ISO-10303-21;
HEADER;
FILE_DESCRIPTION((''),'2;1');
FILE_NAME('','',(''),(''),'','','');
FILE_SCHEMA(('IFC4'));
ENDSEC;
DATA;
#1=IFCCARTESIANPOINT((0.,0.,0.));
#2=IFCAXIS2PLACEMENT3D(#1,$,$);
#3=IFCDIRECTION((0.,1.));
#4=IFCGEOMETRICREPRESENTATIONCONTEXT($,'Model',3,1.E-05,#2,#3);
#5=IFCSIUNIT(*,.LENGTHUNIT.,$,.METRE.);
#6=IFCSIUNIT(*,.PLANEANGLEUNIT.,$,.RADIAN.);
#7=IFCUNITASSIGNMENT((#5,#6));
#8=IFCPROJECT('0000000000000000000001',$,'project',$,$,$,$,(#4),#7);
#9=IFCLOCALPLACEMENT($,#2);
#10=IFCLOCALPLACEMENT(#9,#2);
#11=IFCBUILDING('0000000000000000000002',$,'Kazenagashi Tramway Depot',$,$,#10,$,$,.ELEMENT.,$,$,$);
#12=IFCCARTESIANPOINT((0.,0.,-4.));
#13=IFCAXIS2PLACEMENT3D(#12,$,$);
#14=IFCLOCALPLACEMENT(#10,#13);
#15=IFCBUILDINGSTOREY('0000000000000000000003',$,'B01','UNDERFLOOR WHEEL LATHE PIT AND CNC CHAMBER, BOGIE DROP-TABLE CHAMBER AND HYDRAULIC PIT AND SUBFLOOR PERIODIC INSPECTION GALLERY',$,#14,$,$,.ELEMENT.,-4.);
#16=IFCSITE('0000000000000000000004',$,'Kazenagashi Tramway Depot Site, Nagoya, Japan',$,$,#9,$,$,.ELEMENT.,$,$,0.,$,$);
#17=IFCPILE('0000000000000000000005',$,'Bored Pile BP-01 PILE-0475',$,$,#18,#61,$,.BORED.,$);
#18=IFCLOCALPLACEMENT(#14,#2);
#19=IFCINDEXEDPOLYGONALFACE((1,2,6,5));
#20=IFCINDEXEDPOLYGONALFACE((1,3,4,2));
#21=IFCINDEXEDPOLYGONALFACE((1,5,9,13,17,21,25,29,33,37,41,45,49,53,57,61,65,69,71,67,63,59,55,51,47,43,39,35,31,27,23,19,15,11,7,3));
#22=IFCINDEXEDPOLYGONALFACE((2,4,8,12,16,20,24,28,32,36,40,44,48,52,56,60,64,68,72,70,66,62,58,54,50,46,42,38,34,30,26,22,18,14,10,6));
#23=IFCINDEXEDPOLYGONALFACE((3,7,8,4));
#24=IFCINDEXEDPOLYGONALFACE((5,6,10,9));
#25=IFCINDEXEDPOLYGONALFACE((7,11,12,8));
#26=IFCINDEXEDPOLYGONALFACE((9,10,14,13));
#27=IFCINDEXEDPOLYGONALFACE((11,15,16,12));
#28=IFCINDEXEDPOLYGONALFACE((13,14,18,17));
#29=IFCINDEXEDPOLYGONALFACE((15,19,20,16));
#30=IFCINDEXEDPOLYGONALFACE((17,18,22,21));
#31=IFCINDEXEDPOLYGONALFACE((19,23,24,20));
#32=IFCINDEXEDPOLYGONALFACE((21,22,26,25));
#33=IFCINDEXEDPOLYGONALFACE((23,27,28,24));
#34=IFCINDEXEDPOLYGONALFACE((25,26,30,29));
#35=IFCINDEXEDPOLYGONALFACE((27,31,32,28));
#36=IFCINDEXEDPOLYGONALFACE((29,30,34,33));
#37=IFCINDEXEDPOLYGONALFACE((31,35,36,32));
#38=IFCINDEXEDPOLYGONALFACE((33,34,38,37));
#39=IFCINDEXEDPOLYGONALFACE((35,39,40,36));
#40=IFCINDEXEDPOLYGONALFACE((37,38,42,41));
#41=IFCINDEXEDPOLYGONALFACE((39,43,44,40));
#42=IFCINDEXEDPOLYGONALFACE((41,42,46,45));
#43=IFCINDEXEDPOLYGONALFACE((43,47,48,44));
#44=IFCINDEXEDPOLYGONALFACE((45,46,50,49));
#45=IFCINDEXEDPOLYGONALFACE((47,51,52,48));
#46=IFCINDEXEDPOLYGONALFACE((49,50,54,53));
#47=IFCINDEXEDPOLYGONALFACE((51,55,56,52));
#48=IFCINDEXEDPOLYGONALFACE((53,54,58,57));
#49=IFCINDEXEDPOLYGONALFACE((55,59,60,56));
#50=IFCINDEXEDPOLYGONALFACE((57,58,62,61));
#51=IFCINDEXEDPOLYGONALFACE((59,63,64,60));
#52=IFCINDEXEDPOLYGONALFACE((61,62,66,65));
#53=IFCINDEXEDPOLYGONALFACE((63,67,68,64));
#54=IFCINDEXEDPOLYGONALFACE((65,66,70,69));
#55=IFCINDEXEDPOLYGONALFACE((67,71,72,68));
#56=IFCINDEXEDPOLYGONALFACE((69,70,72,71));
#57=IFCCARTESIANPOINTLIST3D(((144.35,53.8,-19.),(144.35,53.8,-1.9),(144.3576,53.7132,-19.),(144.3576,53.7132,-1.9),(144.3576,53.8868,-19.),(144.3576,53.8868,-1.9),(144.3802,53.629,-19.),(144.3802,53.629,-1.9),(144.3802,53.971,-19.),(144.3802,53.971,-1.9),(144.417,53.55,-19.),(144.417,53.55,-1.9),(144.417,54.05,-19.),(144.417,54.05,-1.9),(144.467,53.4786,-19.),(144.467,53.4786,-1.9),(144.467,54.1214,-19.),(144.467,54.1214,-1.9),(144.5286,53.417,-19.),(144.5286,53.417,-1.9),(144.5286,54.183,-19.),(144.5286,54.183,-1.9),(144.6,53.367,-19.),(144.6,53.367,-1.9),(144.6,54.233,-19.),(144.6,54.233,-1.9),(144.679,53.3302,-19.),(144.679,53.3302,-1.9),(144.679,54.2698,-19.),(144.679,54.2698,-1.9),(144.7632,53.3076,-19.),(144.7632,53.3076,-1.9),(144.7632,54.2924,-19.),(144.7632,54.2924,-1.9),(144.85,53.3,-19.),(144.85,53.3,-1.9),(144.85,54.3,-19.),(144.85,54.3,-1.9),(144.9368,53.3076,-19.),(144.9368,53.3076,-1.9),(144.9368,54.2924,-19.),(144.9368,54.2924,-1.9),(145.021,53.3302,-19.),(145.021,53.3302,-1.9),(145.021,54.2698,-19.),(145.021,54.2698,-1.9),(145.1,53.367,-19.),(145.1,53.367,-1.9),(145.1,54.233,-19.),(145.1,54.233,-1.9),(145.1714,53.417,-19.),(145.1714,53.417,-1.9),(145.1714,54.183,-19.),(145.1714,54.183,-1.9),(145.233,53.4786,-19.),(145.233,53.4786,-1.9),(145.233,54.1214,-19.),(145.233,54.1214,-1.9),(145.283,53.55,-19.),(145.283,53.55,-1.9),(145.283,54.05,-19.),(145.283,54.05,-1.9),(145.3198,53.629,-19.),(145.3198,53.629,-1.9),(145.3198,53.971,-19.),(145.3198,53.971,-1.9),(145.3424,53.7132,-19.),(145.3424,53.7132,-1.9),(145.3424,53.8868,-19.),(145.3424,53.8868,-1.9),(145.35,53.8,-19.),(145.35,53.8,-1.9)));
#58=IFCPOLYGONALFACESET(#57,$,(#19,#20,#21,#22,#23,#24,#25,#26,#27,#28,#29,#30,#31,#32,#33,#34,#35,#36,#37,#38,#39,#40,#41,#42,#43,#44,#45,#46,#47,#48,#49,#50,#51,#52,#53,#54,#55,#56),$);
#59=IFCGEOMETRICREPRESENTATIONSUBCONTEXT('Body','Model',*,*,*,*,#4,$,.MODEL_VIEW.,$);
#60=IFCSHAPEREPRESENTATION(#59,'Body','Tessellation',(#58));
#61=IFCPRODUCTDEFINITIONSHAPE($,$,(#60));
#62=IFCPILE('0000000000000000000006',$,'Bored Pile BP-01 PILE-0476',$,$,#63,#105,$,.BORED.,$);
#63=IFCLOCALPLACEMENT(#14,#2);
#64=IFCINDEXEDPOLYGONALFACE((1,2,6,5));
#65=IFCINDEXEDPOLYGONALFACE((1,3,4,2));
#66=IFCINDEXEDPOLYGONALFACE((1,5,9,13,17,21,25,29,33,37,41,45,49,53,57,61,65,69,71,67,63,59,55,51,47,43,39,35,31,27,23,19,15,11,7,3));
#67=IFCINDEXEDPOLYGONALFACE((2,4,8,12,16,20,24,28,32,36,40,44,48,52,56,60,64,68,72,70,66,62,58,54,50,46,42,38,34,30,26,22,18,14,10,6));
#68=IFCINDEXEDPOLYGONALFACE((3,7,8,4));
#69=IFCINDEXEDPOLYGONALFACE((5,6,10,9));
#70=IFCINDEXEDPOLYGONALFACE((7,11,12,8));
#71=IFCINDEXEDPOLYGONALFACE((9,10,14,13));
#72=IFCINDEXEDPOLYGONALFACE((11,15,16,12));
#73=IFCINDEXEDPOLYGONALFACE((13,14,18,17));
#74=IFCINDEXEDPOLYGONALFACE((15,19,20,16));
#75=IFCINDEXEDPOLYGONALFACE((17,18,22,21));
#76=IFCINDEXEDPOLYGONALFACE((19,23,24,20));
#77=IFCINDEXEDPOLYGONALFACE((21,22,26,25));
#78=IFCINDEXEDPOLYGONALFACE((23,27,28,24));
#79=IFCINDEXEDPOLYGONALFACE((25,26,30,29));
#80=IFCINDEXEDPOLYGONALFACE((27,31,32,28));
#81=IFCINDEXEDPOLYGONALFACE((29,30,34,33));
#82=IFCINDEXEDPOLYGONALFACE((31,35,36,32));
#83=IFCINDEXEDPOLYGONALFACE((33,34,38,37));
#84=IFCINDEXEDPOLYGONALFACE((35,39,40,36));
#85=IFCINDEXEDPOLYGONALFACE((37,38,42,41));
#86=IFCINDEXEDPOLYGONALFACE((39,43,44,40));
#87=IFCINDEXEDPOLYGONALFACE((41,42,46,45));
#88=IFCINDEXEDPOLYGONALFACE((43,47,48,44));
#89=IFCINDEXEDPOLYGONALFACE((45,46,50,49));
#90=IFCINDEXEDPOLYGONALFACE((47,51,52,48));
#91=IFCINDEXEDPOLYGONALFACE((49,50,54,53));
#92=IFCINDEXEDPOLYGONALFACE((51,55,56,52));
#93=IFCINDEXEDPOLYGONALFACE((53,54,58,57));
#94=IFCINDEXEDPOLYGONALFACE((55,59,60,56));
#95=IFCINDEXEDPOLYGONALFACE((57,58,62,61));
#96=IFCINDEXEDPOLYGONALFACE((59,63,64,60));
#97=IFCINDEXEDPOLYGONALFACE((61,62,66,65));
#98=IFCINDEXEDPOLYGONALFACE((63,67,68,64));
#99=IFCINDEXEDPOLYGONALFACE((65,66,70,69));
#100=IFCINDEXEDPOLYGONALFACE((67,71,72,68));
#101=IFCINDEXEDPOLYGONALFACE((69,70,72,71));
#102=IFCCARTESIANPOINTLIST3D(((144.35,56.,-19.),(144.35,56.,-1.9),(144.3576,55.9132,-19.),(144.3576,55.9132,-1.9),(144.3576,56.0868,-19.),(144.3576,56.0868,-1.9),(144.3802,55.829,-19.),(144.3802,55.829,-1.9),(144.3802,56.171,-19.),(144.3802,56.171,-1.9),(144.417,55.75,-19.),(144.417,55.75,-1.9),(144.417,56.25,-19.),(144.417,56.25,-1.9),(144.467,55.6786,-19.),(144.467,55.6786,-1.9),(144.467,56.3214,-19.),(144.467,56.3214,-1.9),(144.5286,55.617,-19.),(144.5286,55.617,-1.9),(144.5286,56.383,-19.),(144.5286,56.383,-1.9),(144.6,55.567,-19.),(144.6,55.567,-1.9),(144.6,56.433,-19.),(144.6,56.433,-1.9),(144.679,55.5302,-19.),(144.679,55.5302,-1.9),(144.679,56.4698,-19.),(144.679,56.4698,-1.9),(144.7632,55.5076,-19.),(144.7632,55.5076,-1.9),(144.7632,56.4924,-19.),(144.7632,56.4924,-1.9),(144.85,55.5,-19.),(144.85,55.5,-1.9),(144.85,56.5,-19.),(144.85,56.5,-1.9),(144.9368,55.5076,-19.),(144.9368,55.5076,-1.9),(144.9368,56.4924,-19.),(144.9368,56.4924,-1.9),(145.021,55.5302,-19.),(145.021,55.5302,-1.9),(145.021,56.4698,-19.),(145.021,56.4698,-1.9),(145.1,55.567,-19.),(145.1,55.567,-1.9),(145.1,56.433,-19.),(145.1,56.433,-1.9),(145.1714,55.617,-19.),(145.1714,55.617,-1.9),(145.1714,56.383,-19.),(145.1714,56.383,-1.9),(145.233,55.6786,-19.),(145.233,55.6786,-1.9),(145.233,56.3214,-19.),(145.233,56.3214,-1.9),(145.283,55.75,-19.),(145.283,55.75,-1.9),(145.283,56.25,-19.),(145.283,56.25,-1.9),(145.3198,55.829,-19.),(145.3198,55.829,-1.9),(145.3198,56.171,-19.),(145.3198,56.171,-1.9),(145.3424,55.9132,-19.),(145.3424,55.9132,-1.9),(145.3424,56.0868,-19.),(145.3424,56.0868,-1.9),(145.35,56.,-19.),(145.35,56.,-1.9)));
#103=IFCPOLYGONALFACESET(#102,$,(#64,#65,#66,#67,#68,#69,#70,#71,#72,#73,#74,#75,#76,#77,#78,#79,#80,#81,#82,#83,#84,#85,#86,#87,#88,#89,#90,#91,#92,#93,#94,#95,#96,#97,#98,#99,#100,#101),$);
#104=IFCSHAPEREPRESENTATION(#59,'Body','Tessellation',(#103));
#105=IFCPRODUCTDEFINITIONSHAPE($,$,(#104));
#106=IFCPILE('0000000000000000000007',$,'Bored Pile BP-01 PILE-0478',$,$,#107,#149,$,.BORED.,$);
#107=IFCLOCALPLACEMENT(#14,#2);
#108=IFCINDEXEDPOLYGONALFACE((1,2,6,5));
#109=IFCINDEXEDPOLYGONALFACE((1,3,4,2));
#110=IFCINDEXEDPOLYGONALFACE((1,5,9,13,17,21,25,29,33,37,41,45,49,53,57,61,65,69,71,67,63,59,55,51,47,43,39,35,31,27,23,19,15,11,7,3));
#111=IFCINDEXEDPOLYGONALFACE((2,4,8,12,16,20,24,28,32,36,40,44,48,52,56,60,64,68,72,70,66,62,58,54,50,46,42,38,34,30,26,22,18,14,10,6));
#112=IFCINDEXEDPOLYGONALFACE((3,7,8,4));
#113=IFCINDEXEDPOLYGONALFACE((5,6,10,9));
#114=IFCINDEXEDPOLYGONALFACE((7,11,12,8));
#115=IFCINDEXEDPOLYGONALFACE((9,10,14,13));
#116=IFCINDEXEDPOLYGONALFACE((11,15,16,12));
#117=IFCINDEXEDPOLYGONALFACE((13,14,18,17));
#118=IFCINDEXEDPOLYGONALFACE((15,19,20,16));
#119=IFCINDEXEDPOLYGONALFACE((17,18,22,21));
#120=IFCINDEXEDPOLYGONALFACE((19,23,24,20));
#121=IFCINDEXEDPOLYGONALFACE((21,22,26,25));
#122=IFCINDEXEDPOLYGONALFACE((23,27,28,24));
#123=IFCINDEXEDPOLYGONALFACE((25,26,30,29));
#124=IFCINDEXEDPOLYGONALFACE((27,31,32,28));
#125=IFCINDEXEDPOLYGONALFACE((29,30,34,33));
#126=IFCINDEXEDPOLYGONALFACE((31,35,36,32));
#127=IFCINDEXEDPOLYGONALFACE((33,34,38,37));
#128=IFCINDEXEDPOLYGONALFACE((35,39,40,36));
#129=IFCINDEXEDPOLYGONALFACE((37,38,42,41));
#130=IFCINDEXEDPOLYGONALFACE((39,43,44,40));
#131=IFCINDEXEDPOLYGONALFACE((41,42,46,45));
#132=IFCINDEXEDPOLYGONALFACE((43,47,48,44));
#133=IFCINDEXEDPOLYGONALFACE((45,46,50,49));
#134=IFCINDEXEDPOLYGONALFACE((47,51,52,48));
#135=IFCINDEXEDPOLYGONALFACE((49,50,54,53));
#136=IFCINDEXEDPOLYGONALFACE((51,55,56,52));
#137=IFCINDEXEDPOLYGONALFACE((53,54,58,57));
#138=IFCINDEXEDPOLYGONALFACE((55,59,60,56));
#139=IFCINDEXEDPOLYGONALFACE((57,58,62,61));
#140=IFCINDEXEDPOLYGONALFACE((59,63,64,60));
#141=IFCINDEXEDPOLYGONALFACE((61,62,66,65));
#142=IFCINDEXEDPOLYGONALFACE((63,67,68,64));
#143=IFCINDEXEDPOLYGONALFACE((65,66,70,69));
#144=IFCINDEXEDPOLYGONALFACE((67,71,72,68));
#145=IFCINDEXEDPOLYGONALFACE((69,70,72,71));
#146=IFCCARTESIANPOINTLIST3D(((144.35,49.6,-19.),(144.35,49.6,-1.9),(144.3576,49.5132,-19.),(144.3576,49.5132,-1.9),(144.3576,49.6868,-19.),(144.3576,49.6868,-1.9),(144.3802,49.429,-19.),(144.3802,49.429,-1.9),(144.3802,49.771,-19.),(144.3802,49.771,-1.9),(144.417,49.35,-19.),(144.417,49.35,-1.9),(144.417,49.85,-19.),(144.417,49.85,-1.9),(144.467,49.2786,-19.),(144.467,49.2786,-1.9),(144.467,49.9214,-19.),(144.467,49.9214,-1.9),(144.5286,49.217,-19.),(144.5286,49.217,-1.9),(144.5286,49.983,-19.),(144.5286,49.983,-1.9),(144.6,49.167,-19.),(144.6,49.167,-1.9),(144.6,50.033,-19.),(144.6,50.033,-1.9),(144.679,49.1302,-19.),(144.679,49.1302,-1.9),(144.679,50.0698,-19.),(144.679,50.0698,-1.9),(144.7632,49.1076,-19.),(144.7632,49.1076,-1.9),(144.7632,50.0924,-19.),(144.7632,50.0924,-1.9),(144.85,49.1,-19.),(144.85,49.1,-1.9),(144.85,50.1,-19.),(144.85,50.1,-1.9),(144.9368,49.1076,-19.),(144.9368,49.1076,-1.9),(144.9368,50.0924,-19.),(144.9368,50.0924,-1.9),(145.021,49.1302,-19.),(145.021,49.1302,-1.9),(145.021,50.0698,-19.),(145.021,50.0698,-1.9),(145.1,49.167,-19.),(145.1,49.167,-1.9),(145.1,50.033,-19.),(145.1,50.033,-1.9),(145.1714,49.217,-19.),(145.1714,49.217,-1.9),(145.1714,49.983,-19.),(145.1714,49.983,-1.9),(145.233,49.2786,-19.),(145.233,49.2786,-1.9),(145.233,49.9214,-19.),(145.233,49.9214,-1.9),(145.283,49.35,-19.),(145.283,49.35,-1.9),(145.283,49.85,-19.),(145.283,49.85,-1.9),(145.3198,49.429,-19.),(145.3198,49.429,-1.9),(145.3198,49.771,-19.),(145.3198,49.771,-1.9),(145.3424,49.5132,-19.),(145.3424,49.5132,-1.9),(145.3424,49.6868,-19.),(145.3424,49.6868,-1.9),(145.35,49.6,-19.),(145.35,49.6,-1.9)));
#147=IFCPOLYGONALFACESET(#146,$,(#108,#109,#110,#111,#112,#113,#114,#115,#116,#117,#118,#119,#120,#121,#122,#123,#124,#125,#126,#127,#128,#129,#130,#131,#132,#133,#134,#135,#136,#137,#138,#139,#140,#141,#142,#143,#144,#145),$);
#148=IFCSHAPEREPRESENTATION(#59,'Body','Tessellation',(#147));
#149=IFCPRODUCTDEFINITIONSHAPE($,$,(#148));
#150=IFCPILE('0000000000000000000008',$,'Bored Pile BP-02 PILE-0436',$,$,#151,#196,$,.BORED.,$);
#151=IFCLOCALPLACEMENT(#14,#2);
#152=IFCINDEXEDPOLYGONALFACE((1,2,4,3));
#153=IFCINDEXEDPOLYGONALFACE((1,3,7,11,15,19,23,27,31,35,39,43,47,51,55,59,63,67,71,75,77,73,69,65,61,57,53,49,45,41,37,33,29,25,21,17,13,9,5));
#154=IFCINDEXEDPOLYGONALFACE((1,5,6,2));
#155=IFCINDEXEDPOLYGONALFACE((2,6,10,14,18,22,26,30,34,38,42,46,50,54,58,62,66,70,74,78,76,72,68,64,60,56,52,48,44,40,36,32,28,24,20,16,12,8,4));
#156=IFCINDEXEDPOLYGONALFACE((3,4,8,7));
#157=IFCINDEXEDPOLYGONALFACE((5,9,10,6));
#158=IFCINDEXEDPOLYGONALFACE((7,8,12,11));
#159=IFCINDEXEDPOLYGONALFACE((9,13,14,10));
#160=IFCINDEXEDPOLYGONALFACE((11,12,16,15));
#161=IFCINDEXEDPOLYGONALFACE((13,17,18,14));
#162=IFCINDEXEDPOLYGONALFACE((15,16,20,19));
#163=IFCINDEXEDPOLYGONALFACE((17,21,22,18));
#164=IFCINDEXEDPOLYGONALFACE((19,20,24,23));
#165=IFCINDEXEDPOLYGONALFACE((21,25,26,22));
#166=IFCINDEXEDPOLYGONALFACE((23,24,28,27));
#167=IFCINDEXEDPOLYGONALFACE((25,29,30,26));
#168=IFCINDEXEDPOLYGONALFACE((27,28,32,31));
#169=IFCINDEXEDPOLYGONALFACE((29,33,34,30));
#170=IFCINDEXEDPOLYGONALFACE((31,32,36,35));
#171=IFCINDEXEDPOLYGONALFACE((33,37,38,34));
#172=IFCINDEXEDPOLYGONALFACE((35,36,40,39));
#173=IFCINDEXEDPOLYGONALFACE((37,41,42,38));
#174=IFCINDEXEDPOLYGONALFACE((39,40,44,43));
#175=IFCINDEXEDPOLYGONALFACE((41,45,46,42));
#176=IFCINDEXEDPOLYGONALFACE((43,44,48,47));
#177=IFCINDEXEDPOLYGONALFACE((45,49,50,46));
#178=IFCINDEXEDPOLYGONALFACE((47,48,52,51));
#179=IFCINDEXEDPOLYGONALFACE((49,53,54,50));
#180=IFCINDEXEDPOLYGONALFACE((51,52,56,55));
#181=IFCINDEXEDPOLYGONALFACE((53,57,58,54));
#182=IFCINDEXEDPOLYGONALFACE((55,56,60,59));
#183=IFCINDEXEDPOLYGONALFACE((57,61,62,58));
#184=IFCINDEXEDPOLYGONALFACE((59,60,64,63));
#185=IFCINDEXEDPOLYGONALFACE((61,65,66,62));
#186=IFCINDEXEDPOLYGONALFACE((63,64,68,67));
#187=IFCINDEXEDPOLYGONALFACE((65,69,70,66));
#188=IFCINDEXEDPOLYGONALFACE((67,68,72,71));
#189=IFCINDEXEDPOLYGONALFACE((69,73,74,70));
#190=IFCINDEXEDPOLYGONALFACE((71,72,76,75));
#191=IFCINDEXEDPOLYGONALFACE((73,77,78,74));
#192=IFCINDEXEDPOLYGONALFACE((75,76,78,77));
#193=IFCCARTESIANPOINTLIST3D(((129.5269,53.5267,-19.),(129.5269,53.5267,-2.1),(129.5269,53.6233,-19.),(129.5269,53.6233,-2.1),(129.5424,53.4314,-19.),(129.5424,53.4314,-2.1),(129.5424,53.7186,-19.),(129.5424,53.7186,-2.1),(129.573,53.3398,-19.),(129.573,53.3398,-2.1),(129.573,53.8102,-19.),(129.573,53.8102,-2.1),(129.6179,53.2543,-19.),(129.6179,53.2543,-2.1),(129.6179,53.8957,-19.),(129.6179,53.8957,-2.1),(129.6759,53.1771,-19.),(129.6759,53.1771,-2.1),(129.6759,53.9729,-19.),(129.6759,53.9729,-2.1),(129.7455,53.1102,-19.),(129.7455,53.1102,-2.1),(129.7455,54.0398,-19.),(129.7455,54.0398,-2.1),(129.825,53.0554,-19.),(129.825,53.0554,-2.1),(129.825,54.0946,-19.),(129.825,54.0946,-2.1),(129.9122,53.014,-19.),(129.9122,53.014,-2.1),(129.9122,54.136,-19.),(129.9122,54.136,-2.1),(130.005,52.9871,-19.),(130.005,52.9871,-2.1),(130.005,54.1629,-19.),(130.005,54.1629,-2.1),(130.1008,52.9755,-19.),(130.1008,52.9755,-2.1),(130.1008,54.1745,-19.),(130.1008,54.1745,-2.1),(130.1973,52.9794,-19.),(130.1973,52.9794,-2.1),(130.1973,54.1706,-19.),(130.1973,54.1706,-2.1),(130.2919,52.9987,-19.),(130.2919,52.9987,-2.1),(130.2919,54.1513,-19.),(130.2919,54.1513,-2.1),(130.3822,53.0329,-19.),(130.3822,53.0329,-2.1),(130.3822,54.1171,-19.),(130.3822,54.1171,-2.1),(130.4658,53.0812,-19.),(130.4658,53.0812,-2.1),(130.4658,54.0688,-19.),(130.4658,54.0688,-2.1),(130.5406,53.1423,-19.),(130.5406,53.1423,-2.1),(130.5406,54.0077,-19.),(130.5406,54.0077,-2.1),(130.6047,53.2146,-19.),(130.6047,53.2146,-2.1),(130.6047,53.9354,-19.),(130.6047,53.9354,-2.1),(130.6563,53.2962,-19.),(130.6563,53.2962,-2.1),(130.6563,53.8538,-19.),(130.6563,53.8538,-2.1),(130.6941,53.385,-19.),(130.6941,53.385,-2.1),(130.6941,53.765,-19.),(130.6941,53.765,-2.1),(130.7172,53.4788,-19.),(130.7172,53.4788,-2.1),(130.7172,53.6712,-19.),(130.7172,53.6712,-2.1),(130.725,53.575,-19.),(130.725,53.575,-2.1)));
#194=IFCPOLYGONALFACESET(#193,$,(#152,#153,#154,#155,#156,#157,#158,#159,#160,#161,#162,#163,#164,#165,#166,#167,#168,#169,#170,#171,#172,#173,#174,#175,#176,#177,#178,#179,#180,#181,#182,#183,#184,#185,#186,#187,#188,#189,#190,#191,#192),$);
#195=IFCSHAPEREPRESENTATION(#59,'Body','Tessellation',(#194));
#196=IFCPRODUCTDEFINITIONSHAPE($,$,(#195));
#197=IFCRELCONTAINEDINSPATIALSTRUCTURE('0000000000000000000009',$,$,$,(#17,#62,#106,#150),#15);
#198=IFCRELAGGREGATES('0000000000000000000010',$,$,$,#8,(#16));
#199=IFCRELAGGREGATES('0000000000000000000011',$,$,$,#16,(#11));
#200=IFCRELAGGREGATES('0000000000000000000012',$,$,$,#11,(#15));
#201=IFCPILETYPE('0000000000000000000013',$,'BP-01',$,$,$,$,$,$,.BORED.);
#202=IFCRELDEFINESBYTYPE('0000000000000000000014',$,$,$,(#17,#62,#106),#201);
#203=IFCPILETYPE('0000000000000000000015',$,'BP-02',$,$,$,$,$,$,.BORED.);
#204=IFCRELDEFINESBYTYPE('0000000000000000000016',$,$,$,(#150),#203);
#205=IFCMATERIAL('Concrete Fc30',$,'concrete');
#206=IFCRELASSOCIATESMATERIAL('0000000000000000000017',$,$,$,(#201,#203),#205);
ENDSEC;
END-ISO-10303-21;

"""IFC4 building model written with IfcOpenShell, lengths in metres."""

from ifc_helpers import new_model, si_unit, direction, frame, origin, origin_2d, place, context, subcontext, project, spatial, circle, extrude, material, material_profile, profile_set, type_object, element, save


model = new_model("IFC4")

# Units and contexts
model_context = context("Model", 3, precision=1e-05, world=origin(), true_north=direction((0.0, 1.0)))
body_context = subcontext(model_context, "Body", "Model", "MODEL_VIEW")
ifc_project = project(units=[si_unit("LENGTHUNIT", "METRE"), si_unit("PLANEANGLEUNIT", "RADIAN")], contexts=[model_context])

# Site, building, storey
site_placement = place(None, origin())
site = spatial("IfcSite", under=ifc_project, at=site_placement, Name="Kazenagashi Tramway Depot Site, Nagoya, Japan", CompositionType="ELEMENT", RefElevation=0.0)
building_placement = place(site_placement, origin())
building = spatial("IfcBuilding", under=site, at=building_placement, Name="Kazenagashi Tramway Depot", CompositionType="ELEMENT")
storey_placement = place(building_placement, frame((0.0, 0.0, -4.0)))
storey = spatial("IfcBuildingStorey", under=building, at=storey_placement, Name="B01", Description="UNDERFLOOR WHEEL LATHE PIT AND CNC CHAMBER, BOGIE DROP-TABLE CHAMBER AND HYDRAULIC PIT AND SUBFLOOR PERIODIC INSPECTION GALLERY", CompositionType="ELEMENT", Elevation=-4.0)

# Piles
ifc_material_1 = material(Name="Concrete Fc30", Category="concrete")
ifc_material_profile_1 = material_profile(ifc_material_1, circle(Radius=0.5, at=origin_2d()), Name="PILE-1000")
ifc_profile_set_1 = profile_set([ifc_material_profile_1], Name="Concrete Fc30")
pile_type_1 = type_object("IfcPileType", Name="BP-01", PredefinedType="BORED", material=ifc_profile_set_1)
for number, where, z_axis, x_axis, name in (
    (1, (144.85, 53.8, -1.9), (0.0, 0.0, -1.0), (1.0, 0.0, 0.0), "Bored Pile BP-01 PILE-0475"),
    (2, (144.85, 56.0, -1.9), (0.0, 0.0, -1.0), (1.0, 0.0, 0.0), "Bored Pile BP-01 PILE-0476"),
    (3, (144.85, 49.6, -1.9), (0.0, 0.0, -1.0), (1.0, 0.0, 0.0), "Bored Pile BP-01 PILE-0478"),
):
    element("IfcPile", number, at=place(storey_placement, frame(where, z_axis=z_axis, x_axis=x_axis)), inside=storey, type_object=pile_type_1, Name=name, PredefinedType="BORED", context=body_context, shape_type="SweptSolid", body=[
        extrude(circle(Radius=0.5, at=origin_2d()), origin(), (0.0, 0.0, 1.0), 17.1),
    ])
ifc_material_profile_2 = material_profile(ifc_material_1, circle(Radius=0.6, at=origin_2d()), Name="PILE-1200")
ifc_profile_set_2 = profile_set([ifc_material_profile_2], Name="Concrete Fc30")
pile_type_2 = type_object("IfcPileType", Name="BP-02", PredefinedType="BORED", material=ifc_profile_set_2)
for number, where, z_axis, x_axis, name in (
    (4, (130.125, 53.575, -2.1), (0.0, 0.0, -1.0), (1.0, 0.0, 0.0), "Bored Pile BP-02 PILE-0436"),
):
    element("IfcPile", number, at=place(storey_placement, frame(where, z_axis=z_axis, x_axis=x_axis)), inside=storey, type_object=pile_type_2, Name=name, PredefinedType="BORED", context=body_context, shape_type="SweptSolid", body=[
        extrude(circle(Radius=0.6, at=origin_2d()), origin(), (0.0, 0.0, 1.0), 16.9),
    ])

save(model, "model.ifc")
